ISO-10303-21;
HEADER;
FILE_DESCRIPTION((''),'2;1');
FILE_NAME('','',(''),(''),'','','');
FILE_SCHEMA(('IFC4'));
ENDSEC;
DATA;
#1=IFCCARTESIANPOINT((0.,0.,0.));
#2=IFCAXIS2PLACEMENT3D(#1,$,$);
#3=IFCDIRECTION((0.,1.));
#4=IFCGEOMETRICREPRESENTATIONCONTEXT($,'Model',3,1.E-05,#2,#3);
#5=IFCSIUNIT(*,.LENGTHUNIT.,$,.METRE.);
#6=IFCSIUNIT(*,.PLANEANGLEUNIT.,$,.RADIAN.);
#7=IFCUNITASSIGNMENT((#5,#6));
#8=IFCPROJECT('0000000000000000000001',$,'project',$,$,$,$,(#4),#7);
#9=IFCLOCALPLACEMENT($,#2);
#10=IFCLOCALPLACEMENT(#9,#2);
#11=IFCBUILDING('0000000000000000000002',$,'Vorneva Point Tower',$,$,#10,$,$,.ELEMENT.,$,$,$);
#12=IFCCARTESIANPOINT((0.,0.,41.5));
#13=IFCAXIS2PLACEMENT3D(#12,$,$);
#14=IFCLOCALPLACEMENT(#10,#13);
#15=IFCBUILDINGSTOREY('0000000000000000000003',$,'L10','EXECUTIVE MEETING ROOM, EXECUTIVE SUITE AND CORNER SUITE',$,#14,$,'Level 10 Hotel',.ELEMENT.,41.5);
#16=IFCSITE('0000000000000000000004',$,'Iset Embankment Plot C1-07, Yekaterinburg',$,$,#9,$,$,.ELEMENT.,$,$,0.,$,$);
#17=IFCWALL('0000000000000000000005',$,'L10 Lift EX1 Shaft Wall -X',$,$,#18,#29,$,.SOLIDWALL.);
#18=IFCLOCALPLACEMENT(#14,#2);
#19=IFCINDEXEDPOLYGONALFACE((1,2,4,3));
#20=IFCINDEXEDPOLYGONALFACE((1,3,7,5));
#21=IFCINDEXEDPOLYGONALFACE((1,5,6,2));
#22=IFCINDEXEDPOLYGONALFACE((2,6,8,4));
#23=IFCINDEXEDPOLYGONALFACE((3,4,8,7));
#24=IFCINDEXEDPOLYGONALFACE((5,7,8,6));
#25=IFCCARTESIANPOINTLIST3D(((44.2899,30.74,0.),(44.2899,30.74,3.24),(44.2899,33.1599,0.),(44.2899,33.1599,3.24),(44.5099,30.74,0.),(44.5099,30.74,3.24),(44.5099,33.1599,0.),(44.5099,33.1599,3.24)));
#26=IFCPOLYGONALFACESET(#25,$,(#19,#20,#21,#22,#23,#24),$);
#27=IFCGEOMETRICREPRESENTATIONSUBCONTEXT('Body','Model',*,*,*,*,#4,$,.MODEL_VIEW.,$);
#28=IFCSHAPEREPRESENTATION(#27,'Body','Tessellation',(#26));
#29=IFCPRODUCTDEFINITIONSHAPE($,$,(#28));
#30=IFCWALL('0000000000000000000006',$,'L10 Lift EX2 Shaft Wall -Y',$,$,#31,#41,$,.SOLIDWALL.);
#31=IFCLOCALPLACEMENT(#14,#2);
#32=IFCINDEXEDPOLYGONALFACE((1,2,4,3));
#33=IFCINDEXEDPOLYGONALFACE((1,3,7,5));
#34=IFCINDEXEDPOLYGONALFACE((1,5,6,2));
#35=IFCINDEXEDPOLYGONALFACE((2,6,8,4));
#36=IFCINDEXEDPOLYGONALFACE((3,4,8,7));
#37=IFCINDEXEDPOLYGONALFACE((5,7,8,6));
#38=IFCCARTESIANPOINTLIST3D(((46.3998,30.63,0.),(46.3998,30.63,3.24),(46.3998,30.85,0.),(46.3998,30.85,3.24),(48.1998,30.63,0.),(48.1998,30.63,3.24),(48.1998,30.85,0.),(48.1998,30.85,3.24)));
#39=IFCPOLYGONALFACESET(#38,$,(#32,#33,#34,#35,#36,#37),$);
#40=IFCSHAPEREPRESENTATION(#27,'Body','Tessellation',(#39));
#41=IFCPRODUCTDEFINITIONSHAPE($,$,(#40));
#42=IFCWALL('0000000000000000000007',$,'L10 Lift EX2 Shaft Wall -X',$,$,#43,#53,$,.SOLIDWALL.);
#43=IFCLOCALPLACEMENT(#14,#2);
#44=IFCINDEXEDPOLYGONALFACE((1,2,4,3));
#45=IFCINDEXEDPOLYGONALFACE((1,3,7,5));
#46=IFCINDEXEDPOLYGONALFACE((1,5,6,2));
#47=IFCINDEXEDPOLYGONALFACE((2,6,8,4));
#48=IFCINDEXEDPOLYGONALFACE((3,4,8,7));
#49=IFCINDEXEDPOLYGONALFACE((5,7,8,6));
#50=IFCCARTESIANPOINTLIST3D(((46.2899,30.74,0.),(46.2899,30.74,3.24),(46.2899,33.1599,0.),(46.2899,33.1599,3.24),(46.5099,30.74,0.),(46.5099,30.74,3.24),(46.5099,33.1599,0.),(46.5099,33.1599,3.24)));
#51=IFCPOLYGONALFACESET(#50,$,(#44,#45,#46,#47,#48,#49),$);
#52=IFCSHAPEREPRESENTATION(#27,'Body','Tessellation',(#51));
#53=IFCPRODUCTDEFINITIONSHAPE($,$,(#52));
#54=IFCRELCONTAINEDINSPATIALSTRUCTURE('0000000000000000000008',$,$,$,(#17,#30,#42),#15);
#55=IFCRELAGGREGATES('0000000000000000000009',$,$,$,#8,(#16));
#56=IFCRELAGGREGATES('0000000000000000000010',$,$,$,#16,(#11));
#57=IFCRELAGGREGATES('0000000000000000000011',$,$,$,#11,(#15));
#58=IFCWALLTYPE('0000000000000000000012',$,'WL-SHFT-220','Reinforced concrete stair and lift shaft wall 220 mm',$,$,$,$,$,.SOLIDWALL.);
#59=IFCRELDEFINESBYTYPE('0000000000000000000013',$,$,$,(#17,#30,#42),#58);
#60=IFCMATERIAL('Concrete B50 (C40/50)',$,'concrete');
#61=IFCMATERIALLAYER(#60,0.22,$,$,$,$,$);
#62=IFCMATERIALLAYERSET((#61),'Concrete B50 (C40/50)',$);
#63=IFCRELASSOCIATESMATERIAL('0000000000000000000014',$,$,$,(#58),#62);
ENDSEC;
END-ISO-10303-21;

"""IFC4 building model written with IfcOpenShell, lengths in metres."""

from ifc_helpers import new_model, si_unit, direction, frame, frame_2d, origin, place, context, subcontext, project, spatial, rectangle, extrude, material, layer, layer_set, type_object, element, save


model = new_model("IFC4")

# Units and contexts
model_context = context("Model", 3, precision=1e-05, world=origin(), true_north=direction((0.0, 1.0)))
body_context = subcontext(model_context, "Body", "Model", "MODEL_VIEW")
ifc_project = project(units=[si_unit("LENGTHUNIT", "METRE"), si_unit("PLANEANGLEUNIT", "RADIAN")], contexts=[model_context])

# Site, building, storey
site_placement = place(None, origin())
site = spatial("IfcSite", under=ifc_project, at=site_placement, Name="Iset Embankment Plot C1-07, Yekaterinburg", CompositionType="ELEMENT", RefElevation=0.0)
building_placement = place(site_placement, origin())
building = spatial("IfcBuilding", under=site, at=building_placement, Name="Vorneva Point Tower", CompositionType="ELEMENT")
storey_placement = place(building_placement, frame((0.0, 0.0, 41.5)))
storey = spatial("IfcBuildingStorey", under=building, at=storey_placement, Name="L10", Description="EXECUTIVE MEETING ROOM, EXECUTIVE SUITE AND CORNER SUITE", LongName="Level 10 Hotel", CompositionType="ELEMENT", Elevation=41.5)

# Walls
ifc_material_1 = material(Name="Concrete B50 (C40/50)", Category="concrete")
ifc_layer_1 = layer(ifc_material_1, 0.22)
ifc_layer_set_1 = layer_set([ifc_layer_1], Name="Concrete B50 (C40/50)")
wall_type_1 = type_object("IfcWallType", Name="WL-SHFT-220", Description="Reinforced concrete stair and lift shaft wall 220 mm", PredefinedType="SOLIDWALL", material=ifc_layer_set_1)
wall_1_placement = place(storey_placement, frame((44.3999, 33.1599, 0.0), z_axis=(0.0, 0.0, 1.0), x_axis=(0.0, -1.0, 0.0)))
element("IfcWall", 1, at=wall_1_placement, inside=storey, type_object=wall_type_1, Name="L10 Lift EX1 Shaft Wall -X", PredefinedType="SOLIDWALL", context=body_context, shape_type="SweptSolid", body=[
    extrude(rectangle(XDim=2.4199, YDim=0.22, at=frame_2d((1.21, 0.0))), origin(), (0.0, 0.0, 1.0), 3.24),
])
wall_2_placement = place(storey_placement, frame((46.3999, 30.74, 0.0), z_axis=(0.0, 0.0, 1.0), x_axis=(1.0, 0.0, 0.0)))
element("IfcWall", 2, at=wall_2_placement, inside=storey, type_object=wall_type_1, Name="L10 Lift EX2 Shaft Wall -Y", PredefinedType="SOLIDWALL", context=body_context, shape_type="SweptSolid", body=[
    extrude(rectangle(XDim=1.8, YDim=0.22, at=frame_2d((0.8999, 0.0))), origin(), (0.0, 0.0, 1.0), 3.24),
])
wall_3_placement = place(storey_placement, frame((46.3999, 33.1599, 0.0), z_axis=(0.0, 0.0, 1.0), x_axis=(0.0, -1.0, 0.0)))
element("IfcWall", 3, at=wall_3_placement, inside=storey, type_object=wall_type_1, Name="L10 Lift EX2 Shaft Wall -X", PredefinedType="SOLIDWALL", context=body_context, shape_type="SweptSolid", body=[
    extrude(rectangle(XDim=2.4199, YDim=0.22, at=frame_2d((1.21, 0.0))), origin(), (0.0, 0.0, 1.0), 3.24),
])

save(model, "model.ifc")
